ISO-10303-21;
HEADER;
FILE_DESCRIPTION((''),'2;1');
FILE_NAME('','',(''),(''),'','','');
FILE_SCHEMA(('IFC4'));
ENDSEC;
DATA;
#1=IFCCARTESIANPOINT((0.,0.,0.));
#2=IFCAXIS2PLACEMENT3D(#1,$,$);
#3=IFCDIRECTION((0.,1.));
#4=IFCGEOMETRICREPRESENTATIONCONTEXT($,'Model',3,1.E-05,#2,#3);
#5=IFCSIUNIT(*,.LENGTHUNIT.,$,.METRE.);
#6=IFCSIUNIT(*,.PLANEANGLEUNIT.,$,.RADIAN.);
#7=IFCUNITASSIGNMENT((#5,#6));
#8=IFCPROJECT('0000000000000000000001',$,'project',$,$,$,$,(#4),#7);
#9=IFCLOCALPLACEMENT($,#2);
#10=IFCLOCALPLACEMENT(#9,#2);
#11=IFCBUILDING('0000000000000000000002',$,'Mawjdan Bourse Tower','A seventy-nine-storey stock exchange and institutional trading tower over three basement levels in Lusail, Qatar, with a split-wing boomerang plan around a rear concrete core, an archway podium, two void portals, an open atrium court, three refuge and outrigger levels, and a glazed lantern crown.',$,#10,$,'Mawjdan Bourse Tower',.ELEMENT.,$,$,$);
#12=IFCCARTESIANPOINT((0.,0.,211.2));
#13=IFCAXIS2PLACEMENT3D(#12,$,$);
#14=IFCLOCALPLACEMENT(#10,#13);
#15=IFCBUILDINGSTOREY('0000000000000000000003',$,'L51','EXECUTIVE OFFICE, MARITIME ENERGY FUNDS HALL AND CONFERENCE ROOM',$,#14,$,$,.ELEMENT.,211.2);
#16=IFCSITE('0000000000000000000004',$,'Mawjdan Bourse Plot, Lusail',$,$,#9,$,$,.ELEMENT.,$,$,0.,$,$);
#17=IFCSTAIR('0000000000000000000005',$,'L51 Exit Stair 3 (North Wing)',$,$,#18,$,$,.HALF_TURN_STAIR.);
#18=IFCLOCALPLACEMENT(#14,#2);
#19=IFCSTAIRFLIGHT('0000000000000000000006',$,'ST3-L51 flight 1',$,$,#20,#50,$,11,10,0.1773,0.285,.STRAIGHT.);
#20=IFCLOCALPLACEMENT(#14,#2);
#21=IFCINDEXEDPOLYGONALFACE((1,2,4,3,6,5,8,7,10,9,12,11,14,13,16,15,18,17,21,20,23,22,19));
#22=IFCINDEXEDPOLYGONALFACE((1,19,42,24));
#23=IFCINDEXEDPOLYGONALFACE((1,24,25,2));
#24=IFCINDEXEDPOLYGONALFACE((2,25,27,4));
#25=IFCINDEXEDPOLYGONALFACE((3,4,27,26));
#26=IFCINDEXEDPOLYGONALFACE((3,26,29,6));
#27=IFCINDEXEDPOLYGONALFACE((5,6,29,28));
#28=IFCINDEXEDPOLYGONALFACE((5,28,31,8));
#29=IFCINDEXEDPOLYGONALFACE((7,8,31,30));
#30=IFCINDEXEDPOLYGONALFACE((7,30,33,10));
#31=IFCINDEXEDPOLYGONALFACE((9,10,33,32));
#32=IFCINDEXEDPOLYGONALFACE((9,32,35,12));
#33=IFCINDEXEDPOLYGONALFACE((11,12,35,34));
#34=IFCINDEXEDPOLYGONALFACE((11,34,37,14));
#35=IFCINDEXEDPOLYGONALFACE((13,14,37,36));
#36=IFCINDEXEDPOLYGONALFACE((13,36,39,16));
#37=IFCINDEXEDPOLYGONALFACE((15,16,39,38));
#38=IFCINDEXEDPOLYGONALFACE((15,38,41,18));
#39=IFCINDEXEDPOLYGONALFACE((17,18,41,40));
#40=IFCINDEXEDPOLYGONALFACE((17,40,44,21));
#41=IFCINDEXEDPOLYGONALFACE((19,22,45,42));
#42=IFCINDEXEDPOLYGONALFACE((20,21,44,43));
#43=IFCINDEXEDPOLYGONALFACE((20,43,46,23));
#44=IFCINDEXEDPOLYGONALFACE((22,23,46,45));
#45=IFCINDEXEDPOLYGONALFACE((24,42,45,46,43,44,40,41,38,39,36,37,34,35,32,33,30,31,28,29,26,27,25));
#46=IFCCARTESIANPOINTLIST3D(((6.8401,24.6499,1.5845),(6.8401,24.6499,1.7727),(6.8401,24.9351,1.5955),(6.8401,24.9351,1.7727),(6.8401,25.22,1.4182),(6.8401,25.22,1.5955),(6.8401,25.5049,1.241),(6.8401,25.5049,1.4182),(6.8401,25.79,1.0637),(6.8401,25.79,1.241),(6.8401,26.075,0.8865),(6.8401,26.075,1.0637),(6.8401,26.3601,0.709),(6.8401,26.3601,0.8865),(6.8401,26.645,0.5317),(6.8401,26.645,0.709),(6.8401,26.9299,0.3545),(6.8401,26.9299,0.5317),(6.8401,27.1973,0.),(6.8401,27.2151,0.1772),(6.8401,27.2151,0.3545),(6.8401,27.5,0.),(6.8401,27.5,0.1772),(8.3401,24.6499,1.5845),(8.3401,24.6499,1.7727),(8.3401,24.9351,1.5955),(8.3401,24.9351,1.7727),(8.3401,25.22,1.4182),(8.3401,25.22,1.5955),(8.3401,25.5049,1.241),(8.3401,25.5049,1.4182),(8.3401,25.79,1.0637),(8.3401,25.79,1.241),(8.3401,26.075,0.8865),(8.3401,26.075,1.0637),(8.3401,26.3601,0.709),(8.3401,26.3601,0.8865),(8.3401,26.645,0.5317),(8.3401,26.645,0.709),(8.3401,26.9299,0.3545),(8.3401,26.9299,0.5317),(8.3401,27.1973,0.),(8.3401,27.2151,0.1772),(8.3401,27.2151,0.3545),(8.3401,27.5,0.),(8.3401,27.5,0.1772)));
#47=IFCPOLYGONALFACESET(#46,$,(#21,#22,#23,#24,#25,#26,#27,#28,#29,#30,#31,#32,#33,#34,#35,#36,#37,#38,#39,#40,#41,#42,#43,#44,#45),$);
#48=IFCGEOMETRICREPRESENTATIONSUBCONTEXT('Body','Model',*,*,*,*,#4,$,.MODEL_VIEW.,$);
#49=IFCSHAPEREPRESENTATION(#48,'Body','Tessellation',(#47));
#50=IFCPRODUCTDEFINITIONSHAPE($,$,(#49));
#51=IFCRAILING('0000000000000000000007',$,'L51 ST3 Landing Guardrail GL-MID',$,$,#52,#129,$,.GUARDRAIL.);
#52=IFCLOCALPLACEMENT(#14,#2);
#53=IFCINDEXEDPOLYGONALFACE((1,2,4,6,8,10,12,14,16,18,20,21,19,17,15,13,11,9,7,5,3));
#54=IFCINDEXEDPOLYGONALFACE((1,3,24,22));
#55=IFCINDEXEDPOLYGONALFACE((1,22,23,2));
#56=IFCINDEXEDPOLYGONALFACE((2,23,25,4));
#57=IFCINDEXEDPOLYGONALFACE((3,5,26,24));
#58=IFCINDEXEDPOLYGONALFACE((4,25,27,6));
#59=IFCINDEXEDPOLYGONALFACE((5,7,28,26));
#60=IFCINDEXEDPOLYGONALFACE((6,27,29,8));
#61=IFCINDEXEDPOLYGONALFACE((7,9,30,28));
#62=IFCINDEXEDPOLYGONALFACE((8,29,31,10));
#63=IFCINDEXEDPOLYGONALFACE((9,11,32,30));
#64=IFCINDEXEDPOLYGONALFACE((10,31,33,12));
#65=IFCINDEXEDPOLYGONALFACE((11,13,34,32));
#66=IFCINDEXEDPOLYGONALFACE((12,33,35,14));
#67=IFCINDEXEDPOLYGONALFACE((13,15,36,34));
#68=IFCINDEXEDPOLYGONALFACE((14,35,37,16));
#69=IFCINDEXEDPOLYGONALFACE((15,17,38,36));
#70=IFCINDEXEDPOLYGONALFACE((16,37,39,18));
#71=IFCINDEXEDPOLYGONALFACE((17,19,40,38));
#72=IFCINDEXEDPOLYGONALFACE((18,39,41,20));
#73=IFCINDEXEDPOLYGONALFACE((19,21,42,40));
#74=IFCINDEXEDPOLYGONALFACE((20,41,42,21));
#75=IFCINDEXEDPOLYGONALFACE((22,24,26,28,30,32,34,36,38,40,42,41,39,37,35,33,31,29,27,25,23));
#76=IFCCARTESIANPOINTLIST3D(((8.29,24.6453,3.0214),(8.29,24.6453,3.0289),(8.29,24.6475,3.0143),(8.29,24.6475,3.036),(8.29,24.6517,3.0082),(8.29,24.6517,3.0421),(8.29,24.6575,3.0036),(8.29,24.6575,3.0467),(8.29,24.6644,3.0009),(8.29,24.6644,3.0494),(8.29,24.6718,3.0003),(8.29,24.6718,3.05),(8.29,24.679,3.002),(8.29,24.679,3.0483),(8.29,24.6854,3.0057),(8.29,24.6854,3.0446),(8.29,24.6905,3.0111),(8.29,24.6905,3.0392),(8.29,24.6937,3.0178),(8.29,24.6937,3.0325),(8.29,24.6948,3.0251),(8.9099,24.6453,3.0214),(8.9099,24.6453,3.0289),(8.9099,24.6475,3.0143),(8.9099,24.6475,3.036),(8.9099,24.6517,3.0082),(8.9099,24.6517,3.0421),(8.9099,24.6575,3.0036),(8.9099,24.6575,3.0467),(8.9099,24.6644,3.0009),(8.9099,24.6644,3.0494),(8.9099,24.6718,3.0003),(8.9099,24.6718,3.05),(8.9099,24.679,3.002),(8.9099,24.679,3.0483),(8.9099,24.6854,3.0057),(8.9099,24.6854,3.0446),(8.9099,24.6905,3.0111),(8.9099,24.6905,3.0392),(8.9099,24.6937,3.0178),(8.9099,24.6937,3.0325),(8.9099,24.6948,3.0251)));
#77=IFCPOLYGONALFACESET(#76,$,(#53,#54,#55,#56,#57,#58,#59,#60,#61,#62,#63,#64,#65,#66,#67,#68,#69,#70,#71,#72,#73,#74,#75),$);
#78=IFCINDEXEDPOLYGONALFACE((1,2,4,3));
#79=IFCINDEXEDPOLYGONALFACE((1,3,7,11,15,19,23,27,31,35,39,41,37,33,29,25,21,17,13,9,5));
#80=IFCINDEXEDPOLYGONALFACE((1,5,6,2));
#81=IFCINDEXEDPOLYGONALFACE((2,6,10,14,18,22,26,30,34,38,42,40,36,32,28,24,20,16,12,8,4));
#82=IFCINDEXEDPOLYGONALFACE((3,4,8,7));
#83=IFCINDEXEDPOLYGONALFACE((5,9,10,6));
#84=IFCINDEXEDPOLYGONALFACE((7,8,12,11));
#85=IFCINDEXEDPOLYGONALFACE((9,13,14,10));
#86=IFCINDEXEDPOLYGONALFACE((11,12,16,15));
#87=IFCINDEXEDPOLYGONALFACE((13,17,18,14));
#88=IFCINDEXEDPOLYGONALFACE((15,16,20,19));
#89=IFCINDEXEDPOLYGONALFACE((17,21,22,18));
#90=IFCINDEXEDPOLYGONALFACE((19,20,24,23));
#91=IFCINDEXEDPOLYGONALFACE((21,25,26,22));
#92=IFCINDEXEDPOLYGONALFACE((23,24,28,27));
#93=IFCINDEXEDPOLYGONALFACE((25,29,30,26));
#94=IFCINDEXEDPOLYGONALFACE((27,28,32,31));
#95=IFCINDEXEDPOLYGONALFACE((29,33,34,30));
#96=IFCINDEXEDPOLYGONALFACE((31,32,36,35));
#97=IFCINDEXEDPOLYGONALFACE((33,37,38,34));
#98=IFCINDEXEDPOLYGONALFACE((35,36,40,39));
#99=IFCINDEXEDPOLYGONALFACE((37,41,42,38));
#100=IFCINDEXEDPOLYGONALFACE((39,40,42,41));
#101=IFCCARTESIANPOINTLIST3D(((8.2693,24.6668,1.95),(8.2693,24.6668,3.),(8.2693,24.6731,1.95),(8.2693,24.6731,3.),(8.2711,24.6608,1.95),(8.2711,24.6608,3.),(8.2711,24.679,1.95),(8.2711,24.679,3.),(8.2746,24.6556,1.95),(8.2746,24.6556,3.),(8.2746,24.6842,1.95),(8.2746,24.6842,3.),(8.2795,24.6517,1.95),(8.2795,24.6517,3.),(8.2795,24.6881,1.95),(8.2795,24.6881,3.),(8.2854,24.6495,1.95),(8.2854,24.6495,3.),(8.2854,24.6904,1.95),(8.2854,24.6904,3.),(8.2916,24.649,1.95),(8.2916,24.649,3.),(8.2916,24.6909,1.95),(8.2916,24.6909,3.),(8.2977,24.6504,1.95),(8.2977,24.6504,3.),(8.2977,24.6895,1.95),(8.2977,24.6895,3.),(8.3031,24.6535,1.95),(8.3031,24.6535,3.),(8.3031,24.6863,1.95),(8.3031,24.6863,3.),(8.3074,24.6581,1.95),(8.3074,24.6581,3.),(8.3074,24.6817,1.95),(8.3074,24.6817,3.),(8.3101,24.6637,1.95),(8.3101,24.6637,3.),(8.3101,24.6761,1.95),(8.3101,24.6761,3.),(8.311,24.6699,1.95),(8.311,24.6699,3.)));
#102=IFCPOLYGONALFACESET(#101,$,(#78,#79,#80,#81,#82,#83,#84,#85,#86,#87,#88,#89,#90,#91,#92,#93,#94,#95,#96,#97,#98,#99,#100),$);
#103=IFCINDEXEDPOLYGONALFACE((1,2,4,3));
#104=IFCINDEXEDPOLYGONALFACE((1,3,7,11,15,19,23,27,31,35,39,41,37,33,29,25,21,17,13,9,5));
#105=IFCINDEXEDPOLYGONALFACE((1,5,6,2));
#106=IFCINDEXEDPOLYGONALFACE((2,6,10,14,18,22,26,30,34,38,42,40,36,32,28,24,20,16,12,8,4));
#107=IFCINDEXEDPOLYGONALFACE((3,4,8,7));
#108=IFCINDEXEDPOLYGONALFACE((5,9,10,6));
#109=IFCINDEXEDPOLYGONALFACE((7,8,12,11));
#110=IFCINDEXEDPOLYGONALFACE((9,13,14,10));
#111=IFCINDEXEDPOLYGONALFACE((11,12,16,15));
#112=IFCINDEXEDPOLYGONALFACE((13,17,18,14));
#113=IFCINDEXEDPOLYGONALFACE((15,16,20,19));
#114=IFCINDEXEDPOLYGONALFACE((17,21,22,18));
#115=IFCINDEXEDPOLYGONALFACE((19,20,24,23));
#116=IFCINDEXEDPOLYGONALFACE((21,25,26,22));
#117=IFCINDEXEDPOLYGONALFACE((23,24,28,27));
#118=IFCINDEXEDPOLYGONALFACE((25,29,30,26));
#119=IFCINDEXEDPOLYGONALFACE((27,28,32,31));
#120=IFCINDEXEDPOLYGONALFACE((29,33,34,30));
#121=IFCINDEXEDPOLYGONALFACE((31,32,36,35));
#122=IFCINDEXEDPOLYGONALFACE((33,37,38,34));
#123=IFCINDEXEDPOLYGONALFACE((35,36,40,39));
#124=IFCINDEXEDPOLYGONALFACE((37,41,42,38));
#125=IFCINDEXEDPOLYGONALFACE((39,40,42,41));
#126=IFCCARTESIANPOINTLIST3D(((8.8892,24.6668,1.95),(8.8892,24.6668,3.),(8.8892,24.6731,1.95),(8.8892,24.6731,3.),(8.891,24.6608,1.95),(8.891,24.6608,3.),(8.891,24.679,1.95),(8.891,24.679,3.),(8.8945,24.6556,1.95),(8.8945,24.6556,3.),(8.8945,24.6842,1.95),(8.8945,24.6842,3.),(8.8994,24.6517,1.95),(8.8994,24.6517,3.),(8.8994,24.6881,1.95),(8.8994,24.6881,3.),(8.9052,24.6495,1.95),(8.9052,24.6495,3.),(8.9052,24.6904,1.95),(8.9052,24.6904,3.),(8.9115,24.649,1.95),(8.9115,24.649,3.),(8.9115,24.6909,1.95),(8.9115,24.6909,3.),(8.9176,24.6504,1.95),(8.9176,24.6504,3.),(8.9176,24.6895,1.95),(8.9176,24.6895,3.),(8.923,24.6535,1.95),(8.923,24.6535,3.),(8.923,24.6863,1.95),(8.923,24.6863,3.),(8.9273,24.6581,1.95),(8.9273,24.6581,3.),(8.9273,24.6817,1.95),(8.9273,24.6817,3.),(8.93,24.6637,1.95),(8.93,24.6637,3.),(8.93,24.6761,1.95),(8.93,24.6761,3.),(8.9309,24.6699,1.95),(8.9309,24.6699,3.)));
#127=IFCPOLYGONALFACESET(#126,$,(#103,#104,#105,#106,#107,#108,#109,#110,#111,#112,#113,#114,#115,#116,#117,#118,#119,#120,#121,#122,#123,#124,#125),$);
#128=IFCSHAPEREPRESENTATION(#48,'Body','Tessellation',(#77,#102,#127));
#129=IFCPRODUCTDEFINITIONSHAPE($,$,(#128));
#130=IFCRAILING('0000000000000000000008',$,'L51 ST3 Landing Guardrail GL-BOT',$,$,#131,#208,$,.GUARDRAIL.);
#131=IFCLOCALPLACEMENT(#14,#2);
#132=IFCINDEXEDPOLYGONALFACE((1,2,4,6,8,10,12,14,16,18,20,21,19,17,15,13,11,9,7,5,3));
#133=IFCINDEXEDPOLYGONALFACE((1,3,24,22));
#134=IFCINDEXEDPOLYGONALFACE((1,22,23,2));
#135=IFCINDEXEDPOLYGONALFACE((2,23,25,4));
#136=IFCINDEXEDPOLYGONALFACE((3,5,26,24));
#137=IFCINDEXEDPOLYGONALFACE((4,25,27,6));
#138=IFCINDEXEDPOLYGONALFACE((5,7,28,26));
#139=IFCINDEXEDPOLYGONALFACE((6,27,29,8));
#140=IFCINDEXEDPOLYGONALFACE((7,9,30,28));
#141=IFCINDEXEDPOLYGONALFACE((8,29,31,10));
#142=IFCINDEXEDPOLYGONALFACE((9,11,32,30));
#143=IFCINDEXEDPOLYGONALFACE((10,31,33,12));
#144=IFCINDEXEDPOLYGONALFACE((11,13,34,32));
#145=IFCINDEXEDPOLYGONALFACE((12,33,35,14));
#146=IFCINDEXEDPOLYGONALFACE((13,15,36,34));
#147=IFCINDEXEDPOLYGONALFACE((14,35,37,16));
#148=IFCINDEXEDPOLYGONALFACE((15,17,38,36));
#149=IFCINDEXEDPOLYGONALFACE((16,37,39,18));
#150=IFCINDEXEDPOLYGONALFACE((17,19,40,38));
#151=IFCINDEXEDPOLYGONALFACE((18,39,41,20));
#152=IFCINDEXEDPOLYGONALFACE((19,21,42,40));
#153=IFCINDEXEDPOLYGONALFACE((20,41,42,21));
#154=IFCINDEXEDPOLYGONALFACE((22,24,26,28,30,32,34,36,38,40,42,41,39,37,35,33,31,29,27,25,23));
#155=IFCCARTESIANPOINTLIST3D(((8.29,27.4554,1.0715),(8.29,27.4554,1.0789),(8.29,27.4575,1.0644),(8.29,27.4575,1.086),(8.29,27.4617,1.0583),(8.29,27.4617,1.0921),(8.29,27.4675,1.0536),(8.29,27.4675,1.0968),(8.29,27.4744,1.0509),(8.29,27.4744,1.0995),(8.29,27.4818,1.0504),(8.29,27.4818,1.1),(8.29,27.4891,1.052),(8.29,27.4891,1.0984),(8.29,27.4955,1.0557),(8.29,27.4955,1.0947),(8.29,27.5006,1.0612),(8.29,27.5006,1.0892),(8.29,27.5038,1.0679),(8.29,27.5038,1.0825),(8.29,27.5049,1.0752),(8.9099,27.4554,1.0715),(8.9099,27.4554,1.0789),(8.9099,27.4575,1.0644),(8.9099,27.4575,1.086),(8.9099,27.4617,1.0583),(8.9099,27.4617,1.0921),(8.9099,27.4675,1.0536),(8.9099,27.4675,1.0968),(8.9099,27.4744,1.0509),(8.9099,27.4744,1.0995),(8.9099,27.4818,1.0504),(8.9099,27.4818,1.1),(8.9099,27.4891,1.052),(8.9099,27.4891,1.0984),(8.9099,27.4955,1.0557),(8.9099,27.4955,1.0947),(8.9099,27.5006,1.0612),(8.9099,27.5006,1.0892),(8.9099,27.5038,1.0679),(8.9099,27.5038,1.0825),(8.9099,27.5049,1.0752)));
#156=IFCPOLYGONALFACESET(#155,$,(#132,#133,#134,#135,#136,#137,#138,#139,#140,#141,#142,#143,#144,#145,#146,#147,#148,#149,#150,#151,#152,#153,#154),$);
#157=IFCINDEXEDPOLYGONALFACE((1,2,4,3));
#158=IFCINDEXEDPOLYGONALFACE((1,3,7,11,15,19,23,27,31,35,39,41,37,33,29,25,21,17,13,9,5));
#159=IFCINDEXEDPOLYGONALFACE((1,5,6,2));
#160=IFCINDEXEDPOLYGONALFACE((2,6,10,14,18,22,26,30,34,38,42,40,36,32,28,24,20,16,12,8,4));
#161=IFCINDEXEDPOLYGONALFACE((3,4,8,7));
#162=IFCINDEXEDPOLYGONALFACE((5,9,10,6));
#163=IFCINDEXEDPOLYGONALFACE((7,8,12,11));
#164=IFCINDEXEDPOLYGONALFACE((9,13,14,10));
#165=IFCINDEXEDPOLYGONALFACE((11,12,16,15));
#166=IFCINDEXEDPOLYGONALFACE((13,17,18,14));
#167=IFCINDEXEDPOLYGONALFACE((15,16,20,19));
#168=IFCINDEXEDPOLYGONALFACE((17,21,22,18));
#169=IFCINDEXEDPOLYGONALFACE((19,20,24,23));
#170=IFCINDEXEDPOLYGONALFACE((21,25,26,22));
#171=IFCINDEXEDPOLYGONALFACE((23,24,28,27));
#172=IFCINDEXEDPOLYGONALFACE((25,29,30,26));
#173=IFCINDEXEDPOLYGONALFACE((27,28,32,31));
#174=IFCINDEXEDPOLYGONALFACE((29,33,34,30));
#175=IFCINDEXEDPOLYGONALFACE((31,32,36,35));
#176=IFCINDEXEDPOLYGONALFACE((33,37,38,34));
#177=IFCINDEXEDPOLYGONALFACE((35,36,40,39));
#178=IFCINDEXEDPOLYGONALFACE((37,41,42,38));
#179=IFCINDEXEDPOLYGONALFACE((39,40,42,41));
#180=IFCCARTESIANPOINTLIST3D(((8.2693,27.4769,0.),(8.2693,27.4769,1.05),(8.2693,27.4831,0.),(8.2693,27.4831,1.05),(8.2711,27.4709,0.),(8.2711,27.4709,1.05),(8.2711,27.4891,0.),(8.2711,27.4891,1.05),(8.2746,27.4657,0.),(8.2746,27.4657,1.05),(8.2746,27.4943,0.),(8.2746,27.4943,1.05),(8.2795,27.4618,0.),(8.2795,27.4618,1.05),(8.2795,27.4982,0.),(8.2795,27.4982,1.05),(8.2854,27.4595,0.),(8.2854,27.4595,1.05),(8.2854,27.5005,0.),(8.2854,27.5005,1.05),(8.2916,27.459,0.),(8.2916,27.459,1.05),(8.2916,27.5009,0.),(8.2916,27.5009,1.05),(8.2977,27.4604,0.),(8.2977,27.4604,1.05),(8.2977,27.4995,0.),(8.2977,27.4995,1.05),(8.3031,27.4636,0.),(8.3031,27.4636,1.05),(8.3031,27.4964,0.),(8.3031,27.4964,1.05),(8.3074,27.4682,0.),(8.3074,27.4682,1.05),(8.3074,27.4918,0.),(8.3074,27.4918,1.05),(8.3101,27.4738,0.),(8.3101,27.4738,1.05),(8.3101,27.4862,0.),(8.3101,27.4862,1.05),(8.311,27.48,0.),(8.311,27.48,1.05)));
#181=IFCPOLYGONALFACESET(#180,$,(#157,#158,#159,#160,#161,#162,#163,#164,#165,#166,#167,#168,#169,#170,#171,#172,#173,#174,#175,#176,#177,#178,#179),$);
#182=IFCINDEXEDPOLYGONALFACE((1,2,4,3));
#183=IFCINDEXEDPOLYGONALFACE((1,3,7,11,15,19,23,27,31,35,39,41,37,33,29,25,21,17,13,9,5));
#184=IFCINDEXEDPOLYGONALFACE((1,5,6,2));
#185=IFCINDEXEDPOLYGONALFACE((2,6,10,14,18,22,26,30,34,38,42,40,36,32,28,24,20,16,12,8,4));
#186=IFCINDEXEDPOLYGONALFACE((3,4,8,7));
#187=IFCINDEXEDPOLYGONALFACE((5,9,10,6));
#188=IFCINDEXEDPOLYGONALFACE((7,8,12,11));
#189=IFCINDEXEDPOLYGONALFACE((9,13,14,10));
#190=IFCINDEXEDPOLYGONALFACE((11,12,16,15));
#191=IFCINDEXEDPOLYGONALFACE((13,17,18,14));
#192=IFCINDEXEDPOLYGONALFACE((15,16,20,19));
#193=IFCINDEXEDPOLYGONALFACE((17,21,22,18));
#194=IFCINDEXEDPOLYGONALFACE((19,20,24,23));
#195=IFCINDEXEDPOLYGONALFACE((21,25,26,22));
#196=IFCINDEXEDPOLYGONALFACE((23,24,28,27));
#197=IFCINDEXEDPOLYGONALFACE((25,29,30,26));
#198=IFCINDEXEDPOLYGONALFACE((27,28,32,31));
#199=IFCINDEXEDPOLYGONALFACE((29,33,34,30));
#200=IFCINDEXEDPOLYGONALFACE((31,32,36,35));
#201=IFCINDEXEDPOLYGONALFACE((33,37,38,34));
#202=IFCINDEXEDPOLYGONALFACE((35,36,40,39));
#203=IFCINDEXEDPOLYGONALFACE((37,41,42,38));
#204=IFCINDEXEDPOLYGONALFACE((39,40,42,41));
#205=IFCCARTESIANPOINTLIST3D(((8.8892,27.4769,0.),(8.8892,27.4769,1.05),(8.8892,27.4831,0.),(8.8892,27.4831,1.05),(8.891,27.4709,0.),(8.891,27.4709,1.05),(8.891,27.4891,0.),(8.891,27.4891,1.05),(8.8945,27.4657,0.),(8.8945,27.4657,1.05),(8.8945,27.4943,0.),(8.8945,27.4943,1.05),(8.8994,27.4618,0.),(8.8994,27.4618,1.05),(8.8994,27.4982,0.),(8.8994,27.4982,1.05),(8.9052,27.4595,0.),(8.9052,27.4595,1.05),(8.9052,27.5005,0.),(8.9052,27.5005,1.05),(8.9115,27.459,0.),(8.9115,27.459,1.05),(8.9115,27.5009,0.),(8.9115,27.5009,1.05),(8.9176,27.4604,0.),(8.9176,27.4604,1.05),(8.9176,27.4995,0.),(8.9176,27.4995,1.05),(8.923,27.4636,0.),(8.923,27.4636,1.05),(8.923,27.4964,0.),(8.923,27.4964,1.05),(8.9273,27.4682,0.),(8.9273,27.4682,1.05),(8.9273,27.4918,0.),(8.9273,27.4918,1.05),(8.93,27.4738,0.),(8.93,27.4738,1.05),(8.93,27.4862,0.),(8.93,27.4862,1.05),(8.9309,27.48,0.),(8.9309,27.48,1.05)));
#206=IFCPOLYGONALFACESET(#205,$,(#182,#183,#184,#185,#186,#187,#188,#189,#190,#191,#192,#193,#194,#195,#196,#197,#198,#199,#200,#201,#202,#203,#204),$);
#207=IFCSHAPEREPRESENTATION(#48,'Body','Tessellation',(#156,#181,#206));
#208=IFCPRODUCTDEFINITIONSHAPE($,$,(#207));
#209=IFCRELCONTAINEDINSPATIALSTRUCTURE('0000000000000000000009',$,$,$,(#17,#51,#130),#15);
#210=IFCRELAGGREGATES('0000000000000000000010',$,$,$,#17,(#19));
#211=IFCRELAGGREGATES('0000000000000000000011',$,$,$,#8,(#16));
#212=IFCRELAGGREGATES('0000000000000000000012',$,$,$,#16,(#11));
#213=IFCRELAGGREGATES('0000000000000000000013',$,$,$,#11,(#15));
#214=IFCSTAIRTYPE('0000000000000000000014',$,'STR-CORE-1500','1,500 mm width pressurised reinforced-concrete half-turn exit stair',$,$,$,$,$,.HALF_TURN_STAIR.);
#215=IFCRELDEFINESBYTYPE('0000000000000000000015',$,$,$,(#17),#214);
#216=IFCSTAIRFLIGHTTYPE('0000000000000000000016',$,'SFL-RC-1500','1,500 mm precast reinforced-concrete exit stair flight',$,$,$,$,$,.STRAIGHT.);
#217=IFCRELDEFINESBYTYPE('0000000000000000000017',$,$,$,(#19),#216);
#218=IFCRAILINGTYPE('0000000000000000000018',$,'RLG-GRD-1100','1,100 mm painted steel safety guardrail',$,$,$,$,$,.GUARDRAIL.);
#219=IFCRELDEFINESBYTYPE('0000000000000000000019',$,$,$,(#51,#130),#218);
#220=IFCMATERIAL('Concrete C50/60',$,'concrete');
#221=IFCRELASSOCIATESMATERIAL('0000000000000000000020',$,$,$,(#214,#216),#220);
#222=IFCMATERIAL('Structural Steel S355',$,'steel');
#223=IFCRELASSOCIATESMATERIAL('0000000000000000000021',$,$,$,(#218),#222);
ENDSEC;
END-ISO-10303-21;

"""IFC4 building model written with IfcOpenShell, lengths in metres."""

from ifc_helpers import new_model, si_unit, direction, frame, origin, origin_2d, place, context, subcontext, project, spatial, polyline, circle, outline, extrude, material, type_object, element, aggregate, save


model = new_model("IFC4")

# Units and contexts
model_context = context("Model", 3, precision=1e-05, world=origin(), true_north=direction((0.0, 1.0)))
body_context = subcontext(model_context, "Body", "Model", "MODEL_VIEW")
ifc_project = project(units=[si_unit("LENGTHUNIT", "METRE"), si_unit("PLANEANGLEUNIT", "RADIAN")], contexts=[model_context])

# Site, building, storey
site_placement = place(None, origin())
site = spatial("IfcSite", under=ifc_project, at=site_placement, Name="Mawjdan Bourse Plot, Lusail", CompositionType="ELEMENT", RefElevation=0.0)
building_placement = place(site_placement, origin())
building = spatial("IfcBuilding", under=site, at=building_placement, Name="Mawjdan Bourse Tower", Description="A seventy-nine-storey stock exchange and institutional trading tower over three basement levels in Lusail, Qatar, with a split-wing boomerang plan around a rear concrete core, an archway podium, two void portals, an open atrium court, three refuge and outrigger levels, and a glazed lantern crown.", LongName="Mawjdan Bourse Tower", CompositionType="ELEMENT")
storey_placement = place(building_placement, frame((0.0, 0.0, 211.2)))
storey = spatial("IfcBuildingStorey", under=building, at=storey_placement, Name="L51", Description="EXECUTIVE OFFICE, MARITIME ENERGY FUNDS HALL AND CONFERENCE ROOM", CompositionType="ELEMENT", Elevation=211.2)

# Shared definitions
ifc_material_1 = material(Name="Structural Steel S355", Category="steel")

# Shared definitions
ifc_material_2 = material(Name="Concrete C50/60", Category="concrete")

# Stair, stair flight
stair_type = type_object("IfcStairType", Name="STR-CORE-1500", Description="1,500 mm width pressurised reinforced-concrete half-turn exit stair", PredefinedType="HALF_TURN_STAIR", material=ifc_material_2)
stair_placement = place(storey_placement, origin())
stair = element("IfcStair", 1, at=stair_placement, inside=storey, type_object=stair_type, Name="L51 Exit Stair 3 (North Wing)", PredefinedType="HALF_TURN_STAIR")
stair_flight_type = type_object("IfcStairFlightType", Name="SFL-RC-1500", Description="1,500 mm precast reinforced-concrete exit stair flight", PredefinedType="STRAIGHT", material=ifc_material_2)
stair_flight_placement = place(storey_placement, frame((7.5901, 27.5, 0.0), z_axis=(0.0, 0.0, 1.0), x_axis=(0.0, -1.0, 0.0)))
stair_flight = element("IfcStairFlight", 2, at=stair_flight_placement, type_object=stair_flight_type, Name="ST3-L51 flight 1", NumberOfRisers=11, NumberOfTreads=10, PredefinedType="STRAIGHT", RiserHeight=0.1773, TreadLength=0.285, context=body_context, shape_type="SweptSolid", body=[
    extrude(outline(polyline([(0.0, 0.0), (0.0, 0.1772), (0.2849, 0.1772), (0.2849, 0.3545), (0.5701, 0.3545), (0.5701, 0.5317), (0.855, 0.5317), (0.855, 0.709), (1.1399, 0.709), (1.1399, 0.8865), (1.425, 0.8865), (1.425, 1.0637), (1.71, 1.0637), (1.71, 1.241), (1.9951, 1.241), (1.9951, 1.4182), (2.28, 1.4182), (2.28, 1.5955), (2.5649, 1.5955), (2.5649, 1.7727), (2.8501, 1.7727), (2.8501, 1.95), (2.8501, 1.5845), (0.3027, 0.0), (0.0, 0.0)])), frame((0.0, 0.75, 0.0), z_axis=(0.0, -1.0, 0.0), x_axis=(1.0, 0.0, 0.0)), (0.0, 0.0, 1.0), 1.5),
])
aggregate(stair, [stair_flight])

# Railings
railing_type_1 = type_object("IfcRailingType", Name="RLG-GRD-1100", Description="1,100 mm painted steel safety guardrail", PredefinedType="GUARDRAIL", material=ifc_material_1)
for number, where, name in (
    (3, (8.29, 24.6699, 1.95), "L51 ST3 Landing Guardrail GL-MID"),
    (4, (8.29, 27.48, 0.0), "L51 ST3 Landing Guardrail GL-BOT"),
):
    element("IfcRailing", number, at=place(storey_placement, frame(where)), inside=storey, type_object=railing_type_1, Name=name, PredefinedType="GUARDRAIL", context=body_context, shape_type="SweptSolid", body=[
        extrude(circle(Radius=0.0249, at=origin_2d()), frame((0.0, 0.0, 1.0752), z_axis=(1.0, 0.0, 0.0), x_axis=(0.0, 1.0, 0.0)), (0.0, 0.0, 1.0), 0.6199),
        extrude(circle(Radius=0.021, at=origin_2d()), origin(), (0.0, 0.0, 1.0), 1.05),
        extrude(circle(Radius=0.021, at=origin_2d()), frame((0.6199, 0.0, 0.0)), (0.0, 0.0, 1.0), 1.05),
    ])

save(model, "model.ifc")
